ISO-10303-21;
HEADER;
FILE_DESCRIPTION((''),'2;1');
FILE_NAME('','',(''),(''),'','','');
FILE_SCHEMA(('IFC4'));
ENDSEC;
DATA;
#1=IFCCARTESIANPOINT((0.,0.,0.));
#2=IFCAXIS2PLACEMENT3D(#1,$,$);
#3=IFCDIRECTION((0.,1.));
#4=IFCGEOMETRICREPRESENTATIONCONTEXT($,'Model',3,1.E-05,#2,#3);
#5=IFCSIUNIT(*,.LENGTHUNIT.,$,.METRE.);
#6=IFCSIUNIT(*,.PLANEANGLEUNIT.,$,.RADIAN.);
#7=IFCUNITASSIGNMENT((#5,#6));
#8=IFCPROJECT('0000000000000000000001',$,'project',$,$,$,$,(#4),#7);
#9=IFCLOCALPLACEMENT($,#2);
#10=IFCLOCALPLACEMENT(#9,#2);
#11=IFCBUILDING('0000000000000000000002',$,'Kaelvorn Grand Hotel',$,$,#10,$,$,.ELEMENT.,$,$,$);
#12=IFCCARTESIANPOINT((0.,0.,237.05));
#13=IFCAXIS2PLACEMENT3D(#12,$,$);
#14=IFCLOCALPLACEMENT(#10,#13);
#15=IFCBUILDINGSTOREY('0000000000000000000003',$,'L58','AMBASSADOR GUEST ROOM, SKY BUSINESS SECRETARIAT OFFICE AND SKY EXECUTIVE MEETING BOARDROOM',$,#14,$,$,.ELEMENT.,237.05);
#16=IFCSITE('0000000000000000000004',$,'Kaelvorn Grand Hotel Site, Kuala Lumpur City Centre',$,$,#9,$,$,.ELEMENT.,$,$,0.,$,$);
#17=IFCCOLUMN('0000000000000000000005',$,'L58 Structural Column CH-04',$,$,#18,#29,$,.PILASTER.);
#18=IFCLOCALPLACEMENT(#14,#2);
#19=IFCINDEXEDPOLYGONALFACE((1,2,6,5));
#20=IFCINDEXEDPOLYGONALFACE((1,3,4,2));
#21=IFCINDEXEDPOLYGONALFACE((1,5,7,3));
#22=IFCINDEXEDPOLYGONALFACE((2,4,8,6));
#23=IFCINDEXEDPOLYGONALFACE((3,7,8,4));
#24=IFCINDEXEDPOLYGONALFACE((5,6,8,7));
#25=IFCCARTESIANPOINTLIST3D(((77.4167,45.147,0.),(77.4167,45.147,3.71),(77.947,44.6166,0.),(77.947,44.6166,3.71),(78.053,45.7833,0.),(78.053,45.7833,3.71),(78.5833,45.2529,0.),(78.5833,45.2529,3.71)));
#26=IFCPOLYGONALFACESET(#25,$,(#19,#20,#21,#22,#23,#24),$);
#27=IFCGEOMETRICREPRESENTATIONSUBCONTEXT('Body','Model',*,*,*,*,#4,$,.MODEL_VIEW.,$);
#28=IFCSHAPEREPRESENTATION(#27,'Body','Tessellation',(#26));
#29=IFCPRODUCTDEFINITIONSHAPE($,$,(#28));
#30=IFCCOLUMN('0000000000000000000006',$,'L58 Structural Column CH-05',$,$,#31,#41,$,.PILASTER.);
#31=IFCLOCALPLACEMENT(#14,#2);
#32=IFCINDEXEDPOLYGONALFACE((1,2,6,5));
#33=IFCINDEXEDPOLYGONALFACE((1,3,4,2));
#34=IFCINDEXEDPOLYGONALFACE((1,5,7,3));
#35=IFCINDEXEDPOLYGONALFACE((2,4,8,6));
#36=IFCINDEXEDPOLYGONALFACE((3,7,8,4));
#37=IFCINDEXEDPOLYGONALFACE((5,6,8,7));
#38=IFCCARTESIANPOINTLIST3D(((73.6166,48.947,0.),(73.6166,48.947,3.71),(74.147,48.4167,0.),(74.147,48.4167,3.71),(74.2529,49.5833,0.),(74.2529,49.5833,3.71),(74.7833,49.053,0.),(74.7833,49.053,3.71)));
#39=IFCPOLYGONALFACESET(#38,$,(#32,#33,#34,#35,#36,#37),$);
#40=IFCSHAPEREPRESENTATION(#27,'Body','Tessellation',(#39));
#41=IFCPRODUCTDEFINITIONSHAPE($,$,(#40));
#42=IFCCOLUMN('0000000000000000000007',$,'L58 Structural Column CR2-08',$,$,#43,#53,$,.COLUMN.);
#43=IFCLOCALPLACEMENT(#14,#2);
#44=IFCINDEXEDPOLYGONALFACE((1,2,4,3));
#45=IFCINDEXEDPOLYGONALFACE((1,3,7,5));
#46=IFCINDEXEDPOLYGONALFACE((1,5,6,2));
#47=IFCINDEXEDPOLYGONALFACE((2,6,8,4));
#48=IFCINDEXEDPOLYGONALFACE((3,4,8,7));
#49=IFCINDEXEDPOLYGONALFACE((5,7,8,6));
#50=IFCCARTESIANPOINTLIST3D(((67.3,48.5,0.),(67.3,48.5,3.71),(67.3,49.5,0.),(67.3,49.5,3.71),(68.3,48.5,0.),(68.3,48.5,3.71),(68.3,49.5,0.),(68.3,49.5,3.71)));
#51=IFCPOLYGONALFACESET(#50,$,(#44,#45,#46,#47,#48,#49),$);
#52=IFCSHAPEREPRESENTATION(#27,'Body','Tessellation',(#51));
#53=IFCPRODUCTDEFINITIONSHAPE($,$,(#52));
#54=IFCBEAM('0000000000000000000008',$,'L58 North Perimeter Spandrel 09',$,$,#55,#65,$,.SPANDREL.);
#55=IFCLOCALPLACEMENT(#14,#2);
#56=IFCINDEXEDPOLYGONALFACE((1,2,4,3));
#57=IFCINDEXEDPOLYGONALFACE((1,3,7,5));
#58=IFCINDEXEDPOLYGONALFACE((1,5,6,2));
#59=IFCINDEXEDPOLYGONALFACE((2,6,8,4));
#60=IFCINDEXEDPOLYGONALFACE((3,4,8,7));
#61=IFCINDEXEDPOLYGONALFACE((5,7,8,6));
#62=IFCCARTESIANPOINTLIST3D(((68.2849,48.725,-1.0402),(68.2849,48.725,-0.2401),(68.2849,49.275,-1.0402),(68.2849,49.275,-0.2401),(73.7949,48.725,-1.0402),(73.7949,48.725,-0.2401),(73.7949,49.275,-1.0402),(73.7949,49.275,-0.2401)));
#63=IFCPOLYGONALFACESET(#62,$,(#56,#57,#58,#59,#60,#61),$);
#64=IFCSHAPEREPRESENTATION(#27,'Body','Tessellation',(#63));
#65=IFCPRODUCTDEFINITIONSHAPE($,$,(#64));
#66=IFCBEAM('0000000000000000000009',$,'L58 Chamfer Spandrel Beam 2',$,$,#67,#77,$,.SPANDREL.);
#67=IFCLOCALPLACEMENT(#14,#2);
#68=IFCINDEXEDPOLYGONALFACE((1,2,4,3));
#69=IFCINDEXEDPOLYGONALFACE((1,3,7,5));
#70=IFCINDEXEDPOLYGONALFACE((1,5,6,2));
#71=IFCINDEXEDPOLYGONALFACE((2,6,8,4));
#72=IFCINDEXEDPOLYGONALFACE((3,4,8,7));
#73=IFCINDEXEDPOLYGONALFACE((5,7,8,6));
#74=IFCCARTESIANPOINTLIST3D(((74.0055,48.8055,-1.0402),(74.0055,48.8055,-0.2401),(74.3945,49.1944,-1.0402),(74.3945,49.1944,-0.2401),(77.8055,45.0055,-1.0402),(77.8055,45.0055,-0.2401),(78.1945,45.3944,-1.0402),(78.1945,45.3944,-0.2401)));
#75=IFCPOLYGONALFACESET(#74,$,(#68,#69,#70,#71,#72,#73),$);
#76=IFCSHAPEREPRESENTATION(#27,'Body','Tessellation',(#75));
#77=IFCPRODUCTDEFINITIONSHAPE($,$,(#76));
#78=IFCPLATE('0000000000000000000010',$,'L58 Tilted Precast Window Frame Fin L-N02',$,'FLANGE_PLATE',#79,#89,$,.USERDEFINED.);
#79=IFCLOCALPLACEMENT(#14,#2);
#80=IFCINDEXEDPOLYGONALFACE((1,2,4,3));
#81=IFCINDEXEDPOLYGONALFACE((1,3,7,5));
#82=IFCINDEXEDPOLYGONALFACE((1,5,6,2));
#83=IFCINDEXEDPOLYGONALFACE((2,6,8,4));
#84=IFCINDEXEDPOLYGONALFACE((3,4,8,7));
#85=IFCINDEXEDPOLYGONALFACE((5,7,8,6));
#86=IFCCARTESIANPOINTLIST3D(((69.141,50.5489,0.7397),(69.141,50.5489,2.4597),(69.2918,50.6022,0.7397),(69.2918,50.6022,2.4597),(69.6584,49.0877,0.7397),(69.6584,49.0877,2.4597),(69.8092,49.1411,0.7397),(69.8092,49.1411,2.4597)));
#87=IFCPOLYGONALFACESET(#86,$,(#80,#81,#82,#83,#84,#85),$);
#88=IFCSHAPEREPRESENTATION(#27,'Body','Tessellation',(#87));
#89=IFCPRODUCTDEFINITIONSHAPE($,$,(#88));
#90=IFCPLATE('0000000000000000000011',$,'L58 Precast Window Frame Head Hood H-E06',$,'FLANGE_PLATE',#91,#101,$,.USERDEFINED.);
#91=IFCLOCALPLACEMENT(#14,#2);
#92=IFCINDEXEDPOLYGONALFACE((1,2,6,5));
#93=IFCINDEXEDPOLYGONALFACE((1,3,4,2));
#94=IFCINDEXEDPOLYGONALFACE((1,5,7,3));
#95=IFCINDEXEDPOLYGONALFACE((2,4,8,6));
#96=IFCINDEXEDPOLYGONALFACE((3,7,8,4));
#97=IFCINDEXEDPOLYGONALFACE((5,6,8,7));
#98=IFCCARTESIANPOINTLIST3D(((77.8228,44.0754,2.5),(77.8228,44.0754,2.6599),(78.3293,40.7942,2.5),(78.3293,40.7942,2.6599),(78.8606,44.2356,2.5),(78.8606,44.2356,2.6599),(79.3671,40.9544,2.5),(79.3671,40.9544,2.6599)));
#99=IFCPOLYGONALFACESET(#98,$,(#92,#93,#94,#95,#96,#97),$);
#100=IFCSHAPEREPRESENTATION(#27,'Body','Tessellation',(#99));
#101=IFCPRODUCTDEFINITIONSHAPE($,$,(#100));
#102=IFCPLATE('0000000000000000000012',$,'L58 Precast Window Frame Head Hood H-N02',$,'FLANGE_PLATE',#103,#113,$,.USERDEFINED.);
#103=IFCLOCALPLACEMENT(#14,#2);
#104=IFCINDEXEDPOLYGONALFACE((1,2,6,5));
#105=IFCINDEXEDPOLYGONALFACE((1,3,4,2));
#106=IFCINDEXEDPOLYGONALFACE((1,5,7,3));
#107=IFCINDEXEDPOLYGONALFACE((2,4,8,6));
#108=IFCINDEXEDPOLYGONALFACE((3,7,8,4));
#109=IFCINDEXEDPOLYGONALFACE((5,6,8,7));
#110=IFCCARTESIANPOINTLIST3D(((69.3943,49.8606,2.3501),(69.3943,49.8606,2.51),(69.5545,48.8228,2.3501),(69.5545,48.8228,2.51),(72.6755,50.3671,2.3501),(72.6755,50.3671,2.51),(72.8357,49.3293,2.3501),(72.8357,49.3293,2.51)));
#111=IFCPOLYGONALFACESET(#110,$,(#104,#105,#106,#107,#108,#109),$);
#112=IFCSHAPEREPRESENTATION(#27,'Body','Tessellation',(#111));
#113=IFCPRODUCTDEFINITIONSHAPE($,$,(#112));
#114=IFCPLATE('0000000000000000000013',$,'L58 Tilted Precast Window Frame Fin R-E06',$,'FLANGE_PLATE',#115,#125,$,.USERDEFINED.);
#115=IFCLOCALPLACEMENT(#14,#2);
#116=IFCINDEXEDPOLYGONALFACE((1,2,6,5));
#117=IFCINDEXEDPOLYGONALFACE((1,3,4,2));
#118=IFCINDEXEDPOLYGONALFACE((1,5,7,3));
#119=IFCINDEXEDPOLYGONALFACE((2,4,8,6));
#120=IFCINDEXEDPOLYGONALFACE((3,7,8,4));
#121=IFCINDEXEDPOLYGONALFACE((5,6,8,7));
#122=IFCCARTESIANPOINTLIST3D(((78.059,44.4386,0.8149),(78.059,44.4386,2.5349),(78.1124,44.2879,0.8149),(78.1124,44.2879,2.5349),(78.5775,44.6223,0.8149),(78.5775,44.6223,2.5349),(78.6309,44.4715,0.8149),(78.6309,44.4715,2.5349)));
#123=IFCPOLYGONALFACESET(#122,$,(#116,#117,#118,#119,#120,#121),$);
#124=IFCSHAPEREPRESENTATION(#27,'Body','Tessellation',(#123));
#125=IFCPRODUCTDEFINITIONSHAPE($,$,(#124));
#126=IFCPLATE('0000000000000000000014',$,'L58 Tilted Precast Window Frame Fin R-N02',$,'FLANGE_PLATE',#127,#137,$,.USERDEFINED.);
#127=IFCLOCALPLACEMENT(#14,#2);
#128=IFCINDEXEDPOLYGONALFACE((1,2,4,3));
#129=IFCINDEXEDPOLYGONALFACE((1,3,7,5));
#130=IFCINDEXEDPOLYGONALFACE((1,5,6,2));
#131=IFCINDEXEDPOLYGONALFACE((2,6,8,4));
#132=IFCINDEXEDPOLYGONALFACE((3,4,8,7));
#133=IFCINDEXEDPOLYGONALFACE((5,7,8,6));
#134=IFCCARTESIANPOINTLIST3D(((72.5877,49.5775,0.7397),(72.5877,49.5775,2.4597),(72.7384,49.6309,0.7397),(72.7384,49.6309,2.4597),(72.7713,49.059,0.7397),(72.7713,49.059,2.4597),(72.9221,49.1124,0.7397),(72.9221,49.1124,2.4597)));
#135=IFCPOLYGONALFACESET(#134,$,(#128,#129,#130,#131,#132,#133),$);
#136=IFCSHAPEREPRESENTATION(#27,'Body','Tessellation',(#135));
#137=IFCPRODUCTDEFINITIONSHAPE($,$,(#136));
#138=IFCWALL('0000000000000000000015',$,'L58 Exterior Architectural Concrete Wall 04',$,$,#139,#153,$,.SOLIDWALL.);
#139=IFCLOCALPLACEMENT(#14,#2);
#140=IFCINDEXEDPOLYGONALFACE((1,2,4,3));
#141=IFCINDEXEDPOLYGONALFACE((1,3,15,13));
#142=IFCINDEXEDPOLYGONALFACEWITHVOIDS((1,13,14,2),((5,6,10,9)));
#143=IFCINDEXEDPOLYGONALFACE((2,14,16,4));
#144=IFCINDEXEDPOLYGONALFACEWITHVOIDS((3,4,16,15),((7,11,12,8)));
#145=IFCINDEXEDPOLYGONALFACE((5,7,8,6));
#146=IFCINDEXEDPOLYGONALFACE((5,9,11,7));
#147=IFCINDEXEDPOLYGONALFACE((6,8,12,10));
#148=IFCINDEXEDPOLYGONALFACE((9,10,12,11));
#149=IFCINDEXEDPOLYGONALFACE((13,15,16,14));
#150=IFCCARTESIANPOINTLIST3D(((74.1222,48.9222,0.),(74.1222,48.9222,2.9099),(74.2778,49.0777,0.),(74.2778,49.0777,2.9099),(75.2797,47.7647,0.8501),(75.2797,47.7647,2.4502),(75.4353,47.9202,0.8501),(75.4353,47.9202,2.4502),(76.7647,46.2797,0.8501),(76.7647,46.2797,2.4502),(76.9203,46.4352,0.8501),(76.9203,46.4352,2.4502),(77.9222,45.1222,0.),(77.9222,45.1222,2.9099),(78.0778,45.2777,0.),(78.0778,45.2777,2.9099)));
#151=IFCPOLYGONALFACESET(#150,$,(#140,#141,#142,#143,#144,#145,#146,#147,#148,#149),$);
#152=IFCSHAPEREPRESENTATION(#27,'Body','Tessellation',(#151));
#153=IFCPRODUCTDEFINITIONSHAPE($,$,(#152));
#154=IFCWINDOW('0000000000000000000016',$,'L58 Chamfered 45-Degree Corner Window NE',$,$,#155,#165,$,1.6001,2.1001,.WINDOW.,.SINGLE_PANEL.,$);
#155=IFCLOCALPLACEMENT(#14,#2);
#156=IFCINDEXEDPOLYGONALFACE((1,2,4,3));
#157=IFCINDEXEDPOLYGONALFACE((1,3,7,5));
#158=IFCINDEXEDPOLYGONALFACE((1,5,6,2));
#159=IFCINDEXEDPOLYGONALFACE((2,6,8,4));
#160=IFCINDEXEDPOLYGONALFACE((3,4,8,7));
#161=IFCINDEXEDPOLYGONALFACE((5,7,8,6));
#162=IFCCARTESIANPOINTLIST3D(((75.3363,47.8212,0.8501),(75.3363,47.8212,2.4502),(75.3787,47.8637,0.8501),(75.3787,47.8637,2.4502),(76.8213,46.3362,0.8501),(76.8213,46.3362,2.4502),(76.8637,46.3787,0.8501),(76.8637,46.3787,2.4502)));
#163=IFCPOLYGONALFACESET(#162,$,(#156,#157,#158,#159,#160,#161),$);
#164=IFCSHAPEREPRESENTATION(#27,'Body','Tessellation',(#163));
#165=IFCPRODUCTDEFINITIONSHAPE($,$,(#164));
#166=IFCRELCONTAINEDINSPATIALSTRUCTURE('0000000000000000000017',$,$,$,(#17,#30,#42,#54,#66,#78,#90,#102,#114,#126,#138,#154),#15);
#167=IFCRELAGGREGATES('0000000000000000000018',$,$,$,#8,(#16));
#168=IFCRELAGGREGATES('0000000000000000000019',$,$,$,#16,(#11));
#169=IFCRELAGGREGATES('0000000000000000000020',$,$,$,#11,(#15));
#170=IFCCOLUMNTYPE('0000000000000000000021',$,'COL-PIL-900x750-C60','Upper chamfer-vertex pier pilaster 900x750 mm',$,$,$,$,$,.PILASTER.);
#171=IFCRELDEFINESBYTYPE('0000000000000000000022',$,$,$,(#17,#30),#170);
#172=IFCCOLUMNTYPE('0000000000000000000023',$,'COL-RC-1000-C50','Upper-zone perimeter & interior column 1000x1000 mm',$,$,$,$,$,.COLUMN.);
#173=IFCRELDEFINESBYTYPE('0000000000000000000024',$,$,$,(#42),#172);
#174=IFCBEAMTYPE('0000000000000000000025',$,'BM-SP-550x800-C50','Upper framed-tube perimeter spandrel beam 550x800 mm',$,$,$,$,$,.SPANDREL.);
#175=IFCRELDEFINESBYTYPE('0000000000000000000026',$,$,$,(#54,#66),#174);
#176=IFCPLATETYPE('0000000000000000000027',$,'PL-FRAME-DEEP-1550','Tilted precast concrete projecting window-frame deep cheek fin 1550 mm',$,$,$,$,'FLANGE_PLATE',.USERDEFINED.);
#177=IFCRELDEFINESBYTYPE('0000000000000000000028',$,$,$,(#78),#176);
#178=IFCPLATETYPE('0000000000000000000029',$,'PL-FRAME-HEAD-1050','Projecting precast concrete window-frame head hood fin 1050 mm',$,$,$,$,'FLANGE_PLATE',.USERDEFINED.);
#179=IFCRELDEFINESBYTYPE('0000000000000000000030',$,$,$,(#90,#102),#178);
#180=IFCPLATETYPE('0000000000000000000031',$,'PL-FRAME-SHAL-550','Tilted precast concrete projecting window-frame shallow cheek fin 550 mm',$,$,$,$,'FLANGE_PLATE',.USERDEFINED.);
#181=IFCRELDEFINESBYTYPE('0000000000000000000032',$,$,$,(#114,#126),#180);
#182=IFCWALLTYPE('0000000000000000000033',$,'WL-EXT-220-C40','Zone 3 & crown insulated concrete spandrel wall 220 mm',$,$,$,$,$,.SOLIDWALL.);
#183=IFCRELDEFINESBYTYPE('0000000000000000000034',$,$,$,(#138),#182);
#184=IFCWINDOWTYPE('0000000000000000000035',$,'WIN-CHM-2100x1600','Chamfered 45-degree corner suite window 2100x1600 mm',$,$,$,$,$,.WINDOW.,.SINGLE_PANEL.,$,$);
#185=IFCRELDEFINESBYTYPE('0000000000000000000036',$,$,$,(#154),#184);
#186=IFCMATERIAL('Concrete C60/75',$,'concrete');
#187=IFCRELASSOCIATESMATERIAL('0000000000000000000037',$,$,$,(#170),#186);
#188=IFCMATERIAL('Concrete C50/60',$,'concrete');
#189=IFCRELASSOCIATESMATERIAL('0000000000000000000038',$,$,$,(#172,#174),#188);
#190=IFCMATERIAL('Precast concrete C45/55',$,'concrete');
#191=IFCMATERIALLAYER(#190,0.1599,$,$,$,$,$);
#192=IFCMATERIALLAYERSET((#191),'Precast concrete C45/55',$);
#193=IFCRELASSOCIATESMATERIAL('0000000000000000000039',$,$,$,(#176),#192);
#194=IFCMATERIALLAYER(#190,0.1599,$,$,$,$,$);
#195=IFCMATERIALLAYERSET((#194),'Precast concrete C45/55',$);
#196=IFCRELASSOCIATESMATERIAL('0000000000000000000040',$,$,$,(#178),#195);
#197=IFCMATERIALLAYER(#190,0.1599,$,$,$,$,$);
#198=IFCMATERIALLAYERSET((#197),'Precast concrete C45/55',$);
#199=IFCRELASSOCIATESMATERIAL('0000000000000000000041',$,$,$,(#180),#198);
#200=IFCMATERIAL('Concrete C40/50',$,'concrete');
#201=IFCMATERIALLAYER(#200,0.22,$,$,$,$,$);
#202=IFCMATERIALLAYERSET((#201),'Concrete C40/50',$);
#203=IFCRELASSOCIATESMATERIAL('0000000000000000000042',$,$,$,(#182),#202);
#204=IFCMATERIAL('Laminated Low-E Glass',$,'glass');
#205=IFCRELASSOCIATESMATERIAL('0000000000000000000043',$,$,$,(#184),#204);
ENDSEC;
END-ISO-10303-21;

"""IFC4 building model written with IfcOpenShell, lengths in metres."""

from ifc_helpers import new_model, si_unit, direction, frame, frame_2d, origin, origin_2d, place, context, subcontext, project, spatial, rectangle, extrude, material, layer, layer_set, material_profile, profile_set, type_object, element, fill, save


model = new_model("IFC4")

# Units and contexts
model_context = context("Model", 3, precision=1e-05, world=origin(), true_north=direction((0.0, 1.0)))
body_context = subcontext(model_context, "Body", "Model", "MODEL_VIEW")
ifc_project = project(units=[si_unit("LENGTHUNIT", "METRE"), si_unit("PLANEANGLEUNIT", "RADIAN")], contexts=[model_context])

# Site, building, storey
site_placement = place(None, origin())
site = spatial("IfcSite", under=ifc_project, at=site_placement, Name="Kaelvorn Grand Hotel Site, Kuala Lumpur City Centre", CompositionType="ELEMENT", RefElevation=0.0)
building_placement = place(site_placement, origin())
building = spatial("IfcBuilding", under=site, at=building_placement, Name="Kaelvorn Grand Hotel", CompositionType="ELEMENT")
storey_placement = place(building_placement, frame((0.0, 0.0, 237.05)))
storey = spatial("IfcBuildingStorey", under=building, at=storey_placement, Name="L58", Description="AMBASSADOR GUEST ROOM, SKY BUSINESS SECRETARIAT OFFICE AND SKY EXECUTIVE MEETING BOARDROOM", CompositionType="ELEMENT", Elevation=237.05)

# Columns
ifc_material_1 = material(Name="Concrete C60/75", Category="concrete")
ifc_material_profile_1 = material_profile(ifc_material_1, rectangle(XDim=0.8999, YDim=0.75, at=origin_2d()), Name="RC PILASTER 900x750")
ifc_profile_set_1 = profile_set([ifc_material_profile_1], Name="Concrete C60/75")
column_type_1 = type_object("IfcColumnType", Name="COL-PIL-900x750-C60", Description="Upper chamfer-vertex pier pilaster 900x750 mm", PredefinedType="PILASTER", material=ifc_profile_set_1)
for number, where, z_axis, x_axis, name in (
    (1, (78.0, 45.2, 0.0), (0.0, 0.0, 1.0), (0.707107, 0.707107, 0.0), "L58 Structural Column CH-04"),
    (2, (74.2, 49.0, 0.0), (0.0, 0.0, 1.0), (0.707107, 0.707107, 0.0), "L58 Structural Column CH-05"),
):
    element("IfcColumn", number, at=place(storey_placement, frame(where, z_axis=z_axis, x_axis=x_axis)), inside=storey, type_object=column_type_1, Name=name, PredefinedType="PILASTER", context=body_context, shape_type="SweptSolid", body=[
        extrude(rectangle(XDim=0.8999, YDim=0.75, at=origin_2d()), origin(), (0.0, 0.0, 1.0), 3.71),
    ])
ifc_material_2 = material(Name="Concrete C50/60", Category="concrete")
ifc_material_profile_2 = material_profile(ifc_material_2, rectangle(XDim=1.0, YDim=1.0, at=origin_2d()), Name="RC COL 1000x1000")
ifc_profile_set_2 = profile_set([ifc_material_profile_2], Name="Concrete C50/60")
column_type_2 = type_object("IfcColumnType", Name="COL-RC-1000-C50", Description="Upper-zone perimeter & interior column 1000x1000 mm", PredefinedType="COLUMN", material=ifc_profile_set_2)
column_placement = place(storey_placement, frame((67.8, 49.0, 0.0), z_axis=(0.0, 0.0, 1.0), x_axis=(1.0, 0.0, 0.0)))
element("IfcColumn", 3, at=column_placement, inside=storey, type_object=column_type_2, Name="L58 Structural Column CR2-08", PredefinedType="COLUMN", context=body_context, shape_type="SweptSolid", body=[
    extrude(rectangle(XDim=1.0, YDim=1.0, at=origin_2d()), origin(), (0.0, 0.0, 1.0), 3.71),
])

# Beams
ifc_material_profile_3 = material_profile(ifc_material_2, rectangle(XDim=0.55, YDim=0.8, at=origin_2d()), Name="RC SPANDREL 550x800")
ifc_profile_set_3 = profile_set([ifc_material_profile_3], Name="Concrete C50/60")
beam_type = type_object("IfcBeamType", Name="BM-SP-550x800-C50", Description="Upper framed-tube perimeter spandrel beam 550x800 mm", PredefinedType="SPANDREL", material=ifc_profile_set_3)
beam_1_placement = place(storey_placement, frame((68.2849, 49.0, -0.6401), z_axis=(1.0, 0.0, 0.0), x_axis=(0.0, 1.0, 0.0)))
element("IfcBeam", 4, at=beam_1_placement, inside=storey, type_object=beam_type, Name="L58 North Perimeter Spandrel 09", PredefinedType="SPANDREL", context=body_context, shape_type="SweptSolid", body=[
    extrude(rectangle(XDim=0.55, YDim=0.8, at=origin_2d()), origin(), (0.0, 0.0, 1.0), 5.51),
])
beam_2_placement = place(storey_placement, frame((78.0, 45.2, -0.6401), z_axis=(-0.707107, 0.707107, 0.0), x_axis=(-0.707107, -0.707107, 0.0)))
element("IfcBeam", 5, at=beam_2_placement, inside=storey, type_object=beam_type, Name="L58 Chamfer Spandrel Beam 2", PredefinedType="SPANDREL", context=body_context, shape_type="SweptSolid", body=[
    extrude(rectangle(XDim=0.55, YDim=0.8, at=origin_2d()), origin(), (0.0, 0.0, 1.0), 5.374),
])

# Plates
ifc_material_3 = material(Name="Precast concrete C45/55", Category="concrete")
ifc_layer_1 = layer(ifc_material_3, 0.1599)
ifc_layer_set_1 = layer_set([ifc_layer_1], Name="Precast concrete C45/55")
plate_type_1 = type_object("IfcPlateType", Name="PL-FRAME-DEEP-1550", Description="Tilted precast concrete projecting window-frame deep cheek fin 1550 mm", ElementType="FLANGE_PLATE", PredefinedType="USERDEFINED", material=ifc_layer_set_1)
plate_placement = place(storey_placement, frame((69.4751, 49.845, 0.7397), z_axis=(0.0, 0.0, 1.0), x_axis=(0.942641, 0.333807, 0.0)))
element("IfcPlate", 6, at=plate_placement, inside=storey, type_object=plate_type_1, Name="L58 Tilted Precast Window Frame Fin L-N02", ObjectType="FLANGE_PLATE", PredefinedType="USERDEFINED", context=body_context, shape_type="SweptSolid", body=[
    extrude(rectangle(XDim=0.1599, YDim=1.55, at=origin_2d()), origin(), (0.0, 0.0, 1.0), 1.72),
])
ifc_layer_2 = layer(ifc_material_3, 0.1599)
ifc_layer_set_2 = layer_set([ifc_layer_2], Name="Precast concrete C45/55")
plate_type_2 = type_object("IfcPlateType", Name="PL-FRAME-HEAD-1050", Description="Projecting precast concrete window-frame head hood fin 1050 mm", ElementType="FLANGE_PLATE", PredefinedType="USERDEFINED", material=ifc_layer_set_2)
for number, where, z_axis, x_axis, name in (
    (7, (78.595, 42.5149, 2.5), (0.0, 0.0, 1.0), (-0.152555, 0.988295, 0.0), "L58 Precast Window Frame Head Hood H-E06"),
    (8, (71.115, 49.595, 2.3501), (0.0, 0.0, 1.0), (0.988295, 0.152555, 0.0), "L58 Precast Window Frame Head Hood H-N02"),
):
    element("IfcPlate", number, at=place(storey_placement, frame(where, z_axis=z_axis, x_axis=x_axis)), inside=storey, type_object=plate_type_2, Name=name, ObjectType="FLANGE_PLATE", PredefinedType="USERDEFINED", context=body_context, shape_type="SweptSolid", body=[
        extrude(rectangle(XDim=3.3201, YDim=1.05, at=origin_2d()), origin(), (0.0, 0.0, 1.0), 0.1599),
    ])
ifc_layer_3 = layer(ifc_material_3, 0.1599)
ifc_layer_set_3 = layer_set([ifc_layer_3], Name="Precast concrete C45/55")
plate_type_3 = type_object("IfcPlateType", Name="PL-FRAME-SHAL-550", Description="Tilted precast concrete projecting window-frame shallow cheek fin 550 mm", ElementType="FLANGE_PLATE", PredefinedType="USERDEFINED", material=ifc_layer_set_3)
for number, where, z_axis, x_axis, name in (
    (9, (78.345, 44.4551, 0.8149), (0.0, 0.0, 1.0), (-0.333807, 0.942641, 0.0), "L58 Tilted Precast Window Frame Fin R-E06"),
    (10, (72.7549, 49.345, 0.7397), (0.0, 0.0, 1.0), (0.942641, 0.333807, 0.0), "L58 Tilted Precast Window Frame Fin R-N02"),
):
    element("IfcPlate", number, at=place(storey_placement, frame(where, z_axis=z_axis, x_axis=x_axis)), inside=storey, type_object=plate_type_3, Name=name, ObjectType="FLANGE_PLATE", PredefinedType="USERDEFINED", context=body_context, shape_type="SweptSolid", body=[
        extrude(rectangle(XDim=0.1599, YDim=0.55, at=origin_2d()), origin(), (0.0, 0.0, 1.0), 1.72),
    ])

# Wall, opening, window
ifc_material_4 = material(Name="Concrete C40/50", Category="concrete")
ifc_layer_4 = layer(ifc_material_4, 0.22)
ifc_layer_set_4 = layer_set([ifc_layer_4], Name="Concrete C40/50")
wall_type = type_object("IfcWallType", Name="WL-EXT-220-C40", Description="Zone 3 & crown insulated concrete spandrel wall 220 mm", PredefinedType="SOLIDWALL", material=ifc_layer_set_4)
wall_1_placement = place(storey_placement, frame((78.0, 45.2, 0.0), z_axis=(0.0, 0.0, 1.0), x_axis=(-0.707107, 0.707107, 0.0)))
wall_1 = element("IfcWall", 11, at=wall_1_placement, inside=storey, type_object=wall_type, Name="L58 Exterior Architectural Concrete Wall 04", PredefinedType="SOLIDWALL", context=body_context, shape_type="SweptSolid", body=[
    extrude(rectangle(XDim=5.374, YDim=0.22, at=frame_2d((2.687, 0.0))), origin(), (0.0, 0.0, 1.0), 2.9099),
])
opening_1_placement = place(wall_1_placement, frame((1.637, 0.0, 0.8501)))
opening_1 = element("IfcOpeningElement", 12, at=opening_1_placement, cuts=wall_1, PredefinedType="OPENING", context=body_context, shape_type="SweptSolid", body=[
    extrude(rectangle(XDim=2.1001, YDim=1.6001, at=frame_2d((1.05, 0.8))), frame((0.0, 0.1201, 0.0), z_axis=(0.0, -1.0, 0.0), x_axis=(1.0, 0.0, 0.0)), (0.0, 0.0, 1.0), 0.24),
])
ifc_material_5 = material(Name="Laminated Low-E Glass", Category="glass")
window_type_1 = type_object("IfcWindowType", Name="WIN-CHM-2100x1600", Description="Chamfered 45-degree corner suite window 2100x1600 mm", PartitioningType="SINGLE_PANEL", PredefinedType="WINDOW", material=ifc_material_5)
window_1_placement = place(opening_1_placement, origin())
window_1 = element("IfcWindow", 13, at=window_1_placement, inside=storey, type_object=window_type_1, Name="L58 Chamfered 45-Degree Corner Window NE", OverallHeight=1.6001, OverallWidth=2.1001, PartitioningType="SINGLE_PANEL", PredefinedType="WINDOW", context=body_context, shape_type="SweptSolid", body=[
    extrude(rectangle(XDim=2.1001, YDim=1.6001, at=frame_2d((1.05, 0.8))), frame((0.0, 0.03, 0.0), z_axis=(0.0, -1.0, 0.0), x_axis=(1.0, 0.0, 0.0)), (0.0, 0.0, 1.0), 0.0601),
])
fill(opening_1, window_1)

save(model, "model.ifc")
